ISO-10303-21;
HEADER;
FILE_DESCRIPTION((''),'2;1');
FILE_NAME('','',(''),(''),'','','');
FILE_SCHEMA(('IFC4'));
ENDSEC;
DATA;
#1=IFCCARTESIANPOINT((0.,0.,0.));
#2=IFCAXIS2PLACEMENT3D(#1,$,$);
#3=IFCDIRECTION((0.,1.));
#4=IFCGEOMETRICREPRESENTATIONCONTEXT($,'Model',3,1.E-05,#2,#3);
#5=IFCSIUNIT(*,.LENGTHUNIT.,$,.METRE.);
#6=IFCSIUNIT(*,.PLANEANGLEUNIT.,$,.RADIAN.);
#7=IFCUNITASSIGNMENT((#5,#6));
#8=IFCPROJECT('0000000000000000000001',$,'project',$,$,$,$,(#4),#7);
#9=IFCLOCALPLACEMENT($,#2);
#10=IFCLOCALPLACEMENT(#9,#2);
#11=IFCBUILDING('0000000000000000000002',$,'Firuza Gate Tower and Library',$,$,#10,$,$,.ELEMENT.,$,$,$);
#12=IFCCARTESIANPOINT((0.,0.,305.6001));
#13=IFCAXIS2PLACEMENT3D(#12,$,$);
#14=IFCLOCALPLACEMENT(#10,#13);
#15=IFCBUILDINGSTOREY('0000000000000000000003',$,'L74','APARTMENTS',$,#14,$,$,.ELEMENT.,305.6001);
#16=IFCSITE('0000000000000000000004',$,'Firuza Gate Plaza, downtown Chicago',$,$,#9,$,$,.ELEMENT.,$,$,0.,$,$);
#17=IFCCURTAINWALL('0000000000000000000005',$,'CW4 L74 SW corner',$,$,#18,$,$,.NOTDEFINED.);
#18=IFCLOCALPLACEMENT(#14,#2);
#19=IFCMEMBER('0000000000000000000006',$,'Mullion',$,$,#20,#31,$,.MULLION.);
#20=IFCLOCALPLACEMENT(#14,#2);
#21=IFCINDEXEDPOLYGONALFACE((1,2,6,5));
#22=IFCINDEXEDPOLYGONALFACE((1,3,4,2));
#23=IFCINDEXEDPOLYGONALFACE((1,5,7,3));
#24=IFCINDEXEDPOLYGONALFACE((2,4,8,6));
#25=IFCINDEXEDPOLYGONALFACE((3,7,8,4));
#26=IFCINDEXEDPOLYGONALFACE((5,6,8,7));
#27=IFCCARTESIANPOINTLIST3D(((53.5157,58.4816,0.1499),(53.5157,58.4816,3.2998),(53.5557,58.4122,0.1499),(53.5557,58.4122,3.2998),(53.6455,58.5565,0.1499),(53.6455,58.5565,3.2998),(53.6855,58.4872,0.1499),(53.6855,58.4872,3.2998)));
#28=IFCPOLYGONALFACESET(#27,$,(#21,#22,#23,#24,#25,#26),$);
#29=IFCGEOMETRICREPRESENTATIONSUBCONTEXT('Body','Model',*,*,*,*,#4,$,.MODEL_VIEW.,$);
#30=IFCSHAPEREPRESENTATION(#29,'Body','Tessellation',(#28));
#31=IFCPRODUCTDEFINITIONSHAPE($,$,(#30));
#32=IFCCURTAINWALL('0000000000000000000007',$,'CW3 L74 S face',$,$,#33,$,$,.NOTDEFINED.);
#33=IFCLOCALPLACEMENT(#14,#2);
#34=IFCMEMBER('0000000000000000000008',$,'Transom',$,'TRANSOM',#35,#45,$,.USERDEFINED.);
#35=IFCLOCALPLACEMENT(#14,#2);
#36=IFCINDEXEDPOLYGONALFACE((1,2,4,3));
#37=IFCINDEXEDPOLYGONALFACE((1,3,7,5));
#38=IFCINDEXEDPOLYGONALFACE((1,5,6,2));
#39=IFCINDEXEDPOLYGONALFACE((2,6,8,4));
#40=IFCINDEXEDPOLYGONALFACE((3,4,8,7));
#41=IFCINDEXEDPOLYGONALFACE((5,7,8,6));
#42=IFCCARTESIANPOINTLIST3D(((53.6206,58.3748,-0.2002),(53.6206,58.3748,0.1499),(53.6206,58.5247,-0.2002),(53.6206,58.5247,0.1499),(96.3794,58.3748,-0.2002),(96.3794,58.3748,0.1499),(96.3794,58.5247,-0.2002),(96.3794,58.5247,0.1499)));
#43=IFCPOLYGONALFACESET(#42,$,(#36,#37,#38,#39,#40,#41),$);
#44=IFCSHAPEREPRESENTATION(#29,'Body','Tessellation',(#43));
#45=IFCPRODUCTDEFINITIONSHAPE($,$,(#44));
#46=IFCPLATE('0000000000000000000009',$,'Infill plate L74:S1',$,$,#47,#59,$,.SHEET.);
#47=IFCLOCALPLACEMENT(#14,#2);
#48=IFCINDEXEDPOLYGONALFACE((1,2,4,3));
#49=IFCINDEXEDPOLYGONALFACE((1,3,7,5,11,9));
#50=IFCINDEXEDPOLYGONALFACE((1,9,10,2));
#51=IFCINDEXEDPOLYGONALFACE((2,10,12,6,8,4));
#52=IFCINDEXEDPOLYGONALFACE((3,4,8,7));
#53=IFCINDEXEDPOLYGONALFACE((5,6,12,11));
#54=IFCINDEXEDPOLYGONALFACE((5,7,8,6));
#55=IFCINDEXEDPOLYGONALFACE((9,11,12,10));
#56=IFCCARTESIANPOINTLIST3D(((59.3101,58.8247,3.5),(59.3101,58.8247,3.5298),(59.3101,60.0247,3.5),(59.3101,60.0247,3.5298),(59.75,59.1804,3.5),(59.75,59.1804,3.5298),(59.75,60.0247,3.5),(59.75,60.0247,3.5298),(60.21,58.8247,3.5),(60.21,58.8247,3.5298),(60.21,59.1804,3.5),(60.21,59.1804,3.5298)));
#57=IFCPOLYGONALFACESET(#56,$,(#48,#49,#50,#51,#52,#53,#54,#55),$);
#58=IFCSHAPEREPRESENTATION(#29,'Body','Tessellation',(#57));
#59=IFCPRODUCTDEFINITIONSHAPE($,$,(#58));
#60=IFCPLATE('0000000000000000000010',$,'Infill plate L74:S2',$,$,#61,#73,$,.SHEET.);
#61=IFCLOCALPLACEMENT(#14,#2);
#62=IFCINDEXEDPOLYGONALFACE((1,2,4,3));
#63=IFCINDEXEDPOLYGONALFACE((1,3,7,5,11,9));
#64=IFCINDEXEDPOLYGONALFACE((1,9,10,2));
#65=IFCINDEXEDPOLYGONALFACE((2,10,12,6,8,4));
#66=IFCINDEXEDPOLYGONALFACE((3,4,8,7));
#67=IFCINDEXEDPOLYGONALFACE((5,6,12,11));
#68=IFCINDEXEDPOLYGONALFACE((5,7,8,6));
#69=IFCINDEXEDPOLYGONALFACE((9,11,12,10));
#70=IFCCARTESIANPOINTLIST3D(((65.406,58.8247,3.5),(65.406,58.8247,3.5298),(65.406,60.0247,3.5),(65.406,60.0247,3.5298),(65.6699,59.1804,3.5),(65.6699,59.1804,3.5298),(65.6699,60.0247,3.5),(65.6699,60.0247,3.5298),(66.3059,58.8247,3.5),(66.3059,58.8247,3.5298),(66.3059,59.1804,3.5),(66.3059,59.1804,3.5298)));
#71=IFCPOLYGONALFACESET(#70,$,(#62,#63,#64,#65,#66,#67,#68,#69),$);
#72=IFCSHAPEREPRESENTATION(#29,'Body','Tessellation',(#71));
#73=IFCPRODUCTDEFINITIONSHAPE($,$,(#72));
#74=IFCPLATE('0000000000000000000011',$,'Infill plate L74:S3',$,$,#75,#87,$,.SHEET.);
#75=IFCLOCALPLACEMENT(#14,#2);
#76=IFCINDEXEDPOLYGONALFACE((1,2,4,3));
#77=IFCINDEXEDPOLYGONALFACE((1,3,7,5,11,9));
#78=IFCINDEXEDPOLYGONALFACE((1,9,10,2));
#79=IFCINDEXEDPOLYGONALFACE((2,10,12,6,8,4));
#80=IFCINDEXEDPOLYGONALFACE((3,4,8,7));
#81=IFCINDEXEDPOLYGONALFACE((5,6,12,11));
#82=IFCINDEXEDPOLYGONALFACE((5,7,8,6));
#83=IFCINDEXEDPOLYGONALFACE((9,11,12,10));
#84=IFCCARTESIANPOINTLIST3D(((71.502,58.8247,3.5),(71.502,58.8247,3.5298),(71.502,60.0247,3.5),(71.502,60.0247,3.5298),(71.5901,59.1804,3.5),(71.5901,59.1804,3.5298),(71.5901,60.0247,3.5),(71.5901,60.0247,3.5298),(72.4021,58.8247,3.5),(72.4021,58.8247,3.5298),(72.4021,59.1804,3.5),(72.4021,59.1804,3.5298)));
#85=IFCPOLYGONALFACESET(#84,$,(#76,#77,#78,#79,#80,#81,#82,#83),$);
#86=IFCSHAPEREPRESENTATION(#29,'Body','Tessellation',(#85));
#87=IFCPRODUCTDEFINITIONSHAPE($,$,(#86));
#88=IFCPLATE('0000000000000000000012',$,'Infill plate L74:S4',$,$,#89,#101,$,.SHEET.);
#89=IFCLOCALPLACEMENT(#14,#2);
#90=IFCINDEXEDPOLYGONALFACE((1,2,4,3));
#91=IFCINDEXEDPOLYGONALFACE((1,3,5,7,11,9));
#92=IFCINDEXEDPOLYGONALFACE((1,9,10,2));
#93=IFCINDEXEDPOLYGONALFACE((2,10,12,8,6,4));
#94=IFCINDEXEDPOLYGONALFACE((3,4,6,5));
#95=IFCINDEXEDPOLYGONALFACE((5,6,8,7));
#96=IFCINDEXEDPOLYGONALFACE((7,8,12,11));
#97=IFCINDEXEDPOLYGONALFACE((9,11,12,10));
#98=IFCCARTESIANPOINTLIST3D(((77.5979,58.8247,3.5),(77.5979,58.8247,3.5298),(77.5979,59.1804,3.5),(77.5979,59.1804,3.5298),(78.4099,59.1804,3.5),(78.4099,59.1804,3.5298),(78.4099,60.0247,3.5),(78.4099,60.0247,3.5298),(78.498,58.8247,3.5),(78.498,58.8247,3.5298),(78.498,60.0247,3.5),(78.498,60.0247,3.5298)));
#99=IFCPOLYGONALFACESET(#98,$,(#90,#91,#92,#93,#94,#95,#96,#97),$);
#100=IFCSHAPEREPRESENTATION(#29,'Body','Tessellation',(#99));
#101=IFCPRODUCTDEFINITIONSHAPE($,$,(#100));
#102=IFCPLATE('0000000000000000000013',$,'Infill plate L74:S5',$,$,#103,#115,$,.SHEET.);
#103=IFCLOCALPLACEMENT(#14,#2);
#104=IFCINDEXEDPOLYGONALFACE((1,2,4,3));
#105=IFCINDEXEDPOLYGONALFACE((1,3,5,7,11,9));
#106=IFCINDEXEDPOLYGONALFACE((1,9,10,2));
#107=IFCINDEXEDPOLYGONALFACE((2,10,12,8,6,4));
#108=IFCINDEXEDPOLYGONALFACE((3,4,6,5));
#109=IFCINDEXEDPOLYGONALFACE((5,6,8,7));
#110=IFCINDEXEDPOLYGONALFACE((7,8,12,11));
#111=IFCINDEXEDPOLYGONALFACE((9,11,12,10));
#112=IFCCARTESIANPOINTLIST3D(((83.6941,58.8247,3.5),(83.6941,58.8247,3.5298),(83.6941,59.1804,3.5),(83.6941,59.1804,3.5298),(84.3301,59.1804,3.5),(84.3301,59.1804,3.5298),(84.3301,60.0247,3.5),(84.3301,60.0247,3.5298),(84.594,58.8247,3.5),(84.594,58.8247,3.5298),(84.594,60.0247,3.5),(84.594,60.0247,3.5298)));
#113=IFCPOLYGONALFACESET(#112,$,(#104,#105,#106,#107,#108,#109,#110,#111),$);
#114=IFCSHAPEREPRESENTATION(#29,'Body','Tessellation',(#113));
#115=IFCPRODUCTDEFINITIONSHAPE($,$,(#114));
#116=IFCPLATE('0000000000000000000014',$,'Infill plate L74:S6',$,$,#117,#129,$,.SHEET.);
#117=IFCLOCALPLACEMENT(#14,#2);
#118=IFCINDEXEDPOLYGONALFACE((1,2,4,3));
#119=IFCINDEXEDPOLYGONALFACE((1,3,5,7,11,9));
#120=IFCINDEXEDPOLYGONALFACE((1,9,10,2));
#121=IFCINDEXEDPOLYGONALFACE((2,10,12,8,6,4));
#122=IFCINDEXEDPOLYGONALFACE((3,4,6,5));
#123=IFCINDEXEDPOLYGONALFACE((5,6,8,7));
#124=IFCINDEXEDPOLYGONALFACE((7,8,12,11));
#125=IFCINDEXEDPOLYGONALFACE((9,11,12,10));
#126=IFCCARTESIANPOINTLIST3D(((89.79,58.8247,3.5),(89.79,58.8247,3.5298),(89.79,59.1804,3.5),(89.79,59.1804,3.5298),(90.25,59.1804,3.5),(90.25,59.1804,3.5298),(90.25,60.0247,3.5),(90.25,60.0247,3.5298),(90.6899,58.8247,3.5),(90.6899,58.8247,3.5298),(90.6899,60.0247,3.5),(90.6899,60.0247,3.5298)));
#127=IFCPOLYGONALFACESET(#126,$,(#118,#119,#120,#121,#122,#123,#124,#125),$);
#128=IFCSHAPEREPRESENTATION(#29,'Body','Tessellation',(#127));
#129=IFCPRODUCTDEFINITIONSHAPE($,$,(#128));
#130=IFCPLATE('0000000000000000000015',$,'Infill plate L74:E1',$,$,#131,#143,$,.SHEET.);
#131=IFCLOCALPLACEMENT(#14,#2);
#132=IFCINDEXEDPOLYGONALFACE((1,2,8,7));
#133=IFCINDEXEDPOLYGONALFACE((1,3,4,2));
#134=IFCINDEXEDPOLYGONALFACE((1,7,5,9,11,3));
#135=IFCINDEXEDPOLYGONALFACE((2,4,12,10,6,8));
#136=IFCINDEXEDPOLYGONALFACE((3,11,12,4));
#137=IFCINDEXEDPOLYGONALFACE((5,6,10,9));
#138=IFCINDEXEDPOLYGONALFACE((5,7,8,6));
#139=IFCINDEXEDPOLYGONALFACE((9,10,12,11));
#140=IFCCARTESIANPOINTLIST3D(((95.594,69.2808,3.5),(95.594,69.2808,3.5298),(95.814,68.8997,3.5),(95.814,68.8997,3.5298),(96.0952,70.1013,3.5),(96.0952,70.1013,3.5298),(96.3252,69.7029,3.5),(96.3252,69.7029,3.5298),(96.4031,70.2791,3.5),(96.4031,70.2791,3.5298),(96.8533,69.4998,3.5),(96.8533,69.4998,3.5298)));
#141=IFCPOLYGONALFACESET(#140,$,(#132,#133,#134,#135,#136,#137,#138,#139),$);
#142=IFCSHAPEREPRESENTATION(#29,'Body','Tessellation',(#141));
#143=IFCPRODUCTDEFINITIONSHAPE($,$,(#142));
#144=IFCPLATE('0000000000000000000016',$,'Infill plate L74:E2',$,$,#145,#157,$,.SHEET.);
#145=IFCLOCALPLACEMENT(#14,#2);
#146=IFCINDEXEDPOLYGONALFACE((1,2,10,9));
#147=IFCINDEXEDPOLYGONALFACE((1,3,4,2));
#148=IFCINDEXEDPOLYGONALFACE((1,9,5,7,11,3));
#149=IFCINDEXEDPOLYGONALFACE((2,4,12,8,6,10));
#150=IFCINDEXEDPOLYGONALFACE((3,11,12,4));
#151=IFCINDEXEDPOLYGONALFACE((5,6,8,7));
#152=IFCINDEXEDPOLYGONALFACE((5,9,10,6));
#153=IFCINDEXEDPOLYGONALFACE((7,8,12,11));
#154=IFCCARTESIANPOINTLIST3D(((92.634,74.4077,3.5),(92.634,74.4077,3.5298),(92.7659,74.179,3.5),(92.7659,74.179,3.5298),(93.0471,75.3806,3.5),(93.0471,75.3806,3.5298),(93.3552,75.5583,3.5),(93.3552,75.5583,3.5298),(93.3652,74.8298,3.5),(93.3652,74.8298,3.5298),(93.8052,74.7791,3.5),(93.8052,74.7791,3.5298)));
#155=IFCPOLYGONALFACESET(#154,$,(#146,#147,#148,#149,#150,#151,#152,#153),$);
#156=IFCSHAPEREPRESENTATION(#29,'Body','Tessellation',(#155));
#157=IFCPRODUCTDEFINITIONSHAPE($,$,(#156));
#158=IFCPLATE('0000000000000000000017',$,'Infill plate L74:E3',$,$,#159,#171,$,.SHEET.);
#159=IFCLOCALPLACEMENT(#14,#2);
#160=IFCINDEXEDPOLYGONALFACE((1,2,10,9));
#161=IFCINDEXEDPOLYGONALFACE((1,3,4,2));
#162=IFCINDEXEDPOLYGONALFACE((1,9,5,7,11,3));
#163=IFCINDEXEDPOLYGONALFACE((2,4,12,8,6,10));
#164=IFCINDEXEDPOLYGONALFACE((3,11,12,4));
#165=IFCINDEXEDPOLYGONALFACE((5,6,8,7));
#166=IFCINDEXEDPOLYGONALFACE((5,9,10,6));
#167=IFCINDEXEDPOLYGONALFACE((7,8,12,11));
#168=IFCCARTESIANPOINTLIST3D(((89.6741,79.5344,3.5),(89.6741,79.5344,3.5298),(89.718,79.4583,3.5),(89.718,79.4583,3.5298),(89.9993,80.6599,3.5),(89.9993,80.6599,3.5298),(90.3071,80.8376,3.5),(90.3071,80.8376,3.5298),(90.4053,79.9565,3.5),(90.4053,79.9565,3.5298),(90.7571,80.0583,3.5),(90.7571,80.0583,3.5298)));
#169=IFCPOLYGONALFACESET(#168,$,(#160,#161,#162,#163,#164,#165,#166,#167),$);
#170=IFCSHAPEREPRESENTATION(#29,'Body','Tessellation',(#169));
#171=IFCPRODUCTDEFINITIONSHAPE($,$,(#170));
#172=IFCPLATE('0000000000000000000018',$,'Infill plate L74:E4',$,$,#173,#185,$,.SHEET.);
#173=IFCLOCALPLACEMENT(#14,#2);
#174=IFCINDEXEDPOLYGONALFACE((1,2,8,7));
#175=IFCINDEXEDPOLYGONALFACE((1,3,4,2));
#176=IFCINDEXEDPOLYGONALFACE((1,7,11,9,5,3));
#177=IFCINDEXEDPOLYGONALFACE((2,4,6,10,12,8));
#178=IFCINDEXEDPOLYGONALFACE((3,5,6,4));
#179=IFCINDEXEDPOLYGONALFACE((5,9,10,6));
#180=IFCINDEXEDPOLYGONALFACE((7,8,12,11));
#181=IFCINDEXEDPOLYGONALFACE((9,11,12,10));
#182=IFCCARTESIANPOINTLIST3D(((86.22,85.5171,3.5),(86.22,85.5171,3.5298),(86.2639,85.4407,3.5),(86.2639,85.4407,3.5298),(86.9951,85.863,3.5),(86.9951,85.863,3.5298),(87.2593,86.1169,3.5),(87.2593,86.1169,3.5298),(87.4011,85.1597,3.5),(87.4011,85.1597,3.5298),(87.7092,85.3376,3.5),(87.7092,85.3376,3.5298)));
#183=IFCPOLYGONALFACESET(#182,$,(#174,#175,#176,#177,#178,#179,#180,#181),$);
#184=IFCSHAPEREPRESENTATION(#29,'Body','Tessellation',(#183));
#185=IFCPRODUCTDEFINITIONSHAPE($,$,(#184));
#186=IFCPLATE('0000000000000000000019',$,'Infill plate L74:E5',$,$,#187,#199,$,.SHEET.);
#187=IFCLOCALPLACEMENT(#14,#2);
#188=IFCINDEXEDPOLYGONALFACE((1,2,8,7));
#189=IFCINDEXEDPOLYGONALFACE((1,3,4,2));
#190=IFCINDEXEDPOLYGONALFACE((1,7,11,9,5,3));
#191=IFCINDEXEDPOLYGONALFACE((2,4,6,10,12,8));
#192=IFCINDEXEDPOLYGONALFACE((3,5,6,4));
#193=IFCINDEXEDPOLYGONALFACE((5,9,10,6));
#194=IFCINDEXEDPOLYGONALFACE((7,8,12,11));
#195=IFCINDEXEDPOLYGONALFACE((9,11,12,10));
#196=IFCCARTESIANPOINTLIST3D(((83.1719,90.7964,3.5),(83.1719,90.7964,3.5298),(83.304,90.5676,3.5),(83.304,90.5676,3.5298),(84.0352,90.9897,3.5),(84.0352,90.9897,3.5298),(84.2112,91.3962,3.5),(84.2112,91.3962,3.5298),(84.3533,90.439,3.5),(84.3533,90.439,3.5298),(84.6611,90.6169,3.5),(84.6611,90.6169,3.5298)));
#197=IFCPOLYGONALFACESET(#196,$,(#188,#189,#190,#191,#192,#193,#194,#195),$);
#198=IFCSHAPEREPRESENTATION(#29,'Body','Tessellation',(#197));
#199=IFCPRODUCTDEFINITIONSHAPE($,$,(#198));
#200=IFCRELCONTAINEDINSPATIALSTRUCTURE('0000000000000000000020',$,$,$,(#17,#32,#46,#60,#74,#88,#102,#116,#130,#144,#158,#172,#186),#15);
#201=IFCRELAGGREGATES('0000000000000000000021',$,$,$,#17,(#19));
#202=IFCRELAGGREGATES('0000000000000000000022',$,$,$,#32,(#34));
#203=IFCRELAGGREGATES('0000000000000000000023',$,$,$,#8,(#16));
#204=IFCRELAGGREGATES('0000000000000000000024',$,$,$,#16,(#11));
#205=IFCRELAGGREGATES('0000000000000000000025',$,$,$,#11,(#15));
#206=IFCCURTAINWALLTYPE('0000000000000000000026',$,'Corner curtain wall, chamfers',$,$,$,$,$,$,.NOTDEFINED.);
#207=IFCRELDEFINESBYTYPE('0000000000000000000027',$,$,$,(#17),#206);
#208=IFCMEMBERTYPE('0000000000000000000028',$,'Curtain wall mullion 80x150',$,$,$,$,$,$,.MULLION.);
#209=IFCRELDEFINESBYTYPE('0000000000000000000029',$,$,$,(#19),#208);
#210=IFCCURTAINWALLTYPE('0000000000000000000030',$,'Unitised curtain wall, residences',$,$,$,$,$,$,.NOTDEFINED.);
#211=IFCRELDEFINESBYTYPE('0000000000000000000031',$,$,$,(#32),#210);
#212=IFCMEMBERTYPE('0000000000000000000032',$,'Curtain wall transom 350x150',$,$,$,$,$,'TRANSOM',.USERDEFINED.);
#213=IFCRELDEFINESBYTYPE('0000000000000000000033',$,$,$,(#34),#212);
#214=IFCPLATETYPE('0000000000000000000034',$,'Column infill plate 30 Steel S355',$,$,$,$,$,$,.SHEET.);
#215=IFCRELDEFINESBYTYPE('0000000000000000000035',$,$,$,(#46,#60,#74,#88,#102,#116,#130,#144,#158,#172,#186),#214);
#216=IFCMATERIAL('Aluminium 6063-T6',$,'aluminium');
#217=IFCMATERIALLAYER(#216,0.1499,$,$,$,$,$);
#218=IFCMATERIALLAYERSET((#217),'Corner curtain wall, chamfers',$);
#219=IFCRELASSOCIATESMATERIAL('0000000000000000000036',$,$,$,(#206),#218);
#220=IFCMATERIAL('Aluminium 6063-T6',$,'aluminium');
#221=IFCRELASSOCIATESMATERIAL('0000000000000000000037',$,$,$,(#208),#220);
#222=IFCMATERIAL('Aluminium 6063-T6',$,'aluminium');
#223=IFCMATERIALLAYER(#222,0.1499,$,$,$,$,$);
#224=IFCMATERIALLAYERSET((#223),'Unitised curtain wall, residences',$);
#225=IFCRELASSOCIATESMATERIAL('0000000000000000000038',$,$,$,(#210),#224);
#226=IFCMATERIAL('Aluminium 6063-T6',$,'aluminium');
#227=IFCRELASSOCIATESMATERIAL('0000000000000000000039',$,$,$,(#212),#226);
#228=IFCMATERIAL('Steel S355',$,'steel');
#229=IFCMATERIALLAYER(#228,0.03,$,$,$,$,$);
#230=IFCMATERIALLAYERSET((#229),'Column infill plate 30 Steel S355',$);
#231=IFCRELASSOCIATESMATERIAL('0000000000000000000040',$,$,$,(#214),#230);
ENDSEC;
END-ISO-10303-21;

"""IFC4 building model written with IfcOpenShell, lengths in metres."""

from ifc_helpers import new_model, si_unit, direction, frame, origin, origin_2d, place, context, subcontext, project, spatial, polyline, rectangle, outline, extrude, material, layer, layer_set, material_profile, profile_set, type_object, element, aggregate, save


model = new_model("IFC4")

# Units and contexts
model_context = context("Model", 3, precision=1e-05, world=origin(), true_north=direction((0.0, 1.0)))
body_context = subcontext(model_context, "Body", "Model", "MODEL_VIEW")
ifc_project = project(units=[si_unit("LENGTHUNIT", "METRE"), si_unit("PLANEANGLEUNIT", "RADIAN")], contexts=[model_context])

# Site, building, storey
site_placement = place(None, origin())
site = spatial("IfcSite", under=ifc_project, at=site_placement, Name="Firuza Gate Plaza, downtown Chicago", CompositionType="ELEMENT", RefElevation=0.0)
building_placement = place(site_placement, origin())
building = spatial("IfcBuilding", under=site, at=building_placement, Name="Firuza Gate Tower and Library", CompositionType="ELEMENT")
storey_placement = place(building_placement, frame((0.0, 0.0, 305.6001)))
storey = spatial("IfcBuildingStorey", under=building, at=storey_placement, Name="L74", Description="APARTMENTS", CompositionType="ELEMENT", Elevation=305.6001)

# Curtain walls, members
ifc_material_1 = material(Name="Aluminium 6063-T6", Category="aluminium")
ifc_layer_1 = layer(ifc_material_1, 0.1499)
ifc_layer_set_1 = layer_set([ifc_layer_1], Name="Corner curtain wall, chamfers")
curtain_wall_type_1 = type_object("IfcCurtainWallType", Name="Corner curtain wall, chamfers", PredefinedType="NOTDEFINED", material=ifc_layer_set_1)
placement_1 = place(storey_placement, origin())
curtain_wall_1 = element("IfcCurtainWall", 1, at=placement_1, inside=storey, type_object=curtain_wall_type_1, Name="CW4 L74 SW corner", PredefinedType="NOTDEFINED")
ifc_material_2 = material(Name="Aluminium 6063-T6", Category="aluminium")
ifc_material_profile_1 = material_profile(ifc_material_2, rectangle(XDim=0.1499, YDim=0.0801, at=origin_2d()))
ifc_profile_set_1 = profile_set([ifc_material_profile_1], Name="Aluminium 6063-T6")
member_type_1 = type_object("IfcMemberType", Name="Curtain wall mullion 80x150", PredefinedType="MULLION", material=ifc_profile_set_1)
member_1_placement = place(storey_placement, frame((53.6006, 58.4844, 0.1499), z_axis=(0.0, 0.0, 1.0), x_axis=(0.866025, 0.5, 0.0)))
member_1 = element("IfcMember", 2, at=member_1_placement, type_object=member_type_1, Name="Mullion", PredefinedType="MULLION", context=body_context, shape_type="SweptSolid", body=[
    extrude(rectangle(XDim=0.1499, YDim=0.0801, at=origin_2d()), origin(), (0.0, 0.0, 1.0), 3.1499),
])
aggregate(curtain_wall_1, [member_1])
ifc_material_3 = material(Name="Aluminium 6063-T6", Category="aluminium")
ifc_layer_2 = layer(ifc_material_3, 0.1499)
ifc_layer_set_2 = layer_set([ifc_layer_2], Name="Unitised curtain wall, residences")
curtain_wall_type_2 = type_object("IfcCurtainWallType", Name="Unitised curtain wall, residences", PredefinedType="NOTDEFINED", material=ifc_layer_set_2)
curtain_wall_2 = element("IfcCurtainWall", 3, at=placement_1, inside=storey, type_object=curtain_wall_type_2, Name="CW3 L74 S face", PredefinedType="NOTDEFINED")
ifc_material_4 = material(Name="Aluminium 6063-T6", Category="aluminium")
ifc_material_profile_2 = material_profile(ifc_material_4, rectangle(XDim=0.1499, YDim=0.3501, at=origin_2d()))
ifc_profile_set_2 = profile_set([ifc_material_profile_2], Name="Aluminium 6063-T6")
member_type_2 = type_object("IfcMemberType", Name="Curtain wall transom 350x150", ElementType="TRANSOM", PredefinedType="USERDEFINED", material=ifc_profile_set_2)
member_2_placement = place(storey_placement, frame((53.6206, 58.4497, -0.0251), z_axis=(1.0, 0.0, 0.0), x_axis=(0.0, 1.0, 0.0)))
member_2 = element("IfcMember", 4, at=member_2_placement, type_object=member_type_2, Name="Transom", ObjectType="TRANSOM", PredefinedType="USERDEFINED", context=body_context, shape_type="SweptSolid", body=[
    extrude(rectangle(XDim=0.1499, YDim=0.3501, at=origin_2d()), origin(), (0.0, 0.0, 1.0), 42.7588),
])

# Plates
ifc_material_5 = material(Name="Steel S355", Category="steel")
ifc_layer_3 = layer(ifc_material_5, 0.03)
ifc_layer_set_3 = layer_set([ifc_layer_3], Name="Column infill plate 30 Steel S355")
plate_type_1 = type_object("IfcPlateType", Name="Column infill plate 30 Steel S355", PredefinedType="SHEET", material=ifc_layer_set_3)
placement_2 = place(storey_placement, frame((0.0, 0.0, 3.5)))
element("IfcPlate", 5, at=placement_2, inside=storey, type_object=plate_type_1, Name="Infill plate L74:S1", PredefinedType="SHEET", context=body_context, shape_type="SweptSolid", body=[
    extrude(outline(polyline([(60.21, 58.8247), (60.21, 59.1804), (59.75, 59.1804), (59.75, 60.0247), (59.3101, 60.0247), (59.3101, 58.8247), (60.21, 58.8247)])), origin(), (0.0, 0.0, 1.0), 0.0298),
])
element("IfcPlate", 6, at=placement_2, inside=storey, type_object=plate_type_1, Name="Infill plate L74:S2", PredefinedType="SHEET", context=body_context, shape_type="SweptSolid", body=[
    extrude(outline(polyline([(66.3059, 58.8247), (66.3059, 59.1804), (65.6699, 59.1804), (65.6699, 60.0247), (65.406, 60.0247), (65.406, 58.8247), (66.3059, 58.8247)])), origin(), (0.0, 0.0, 1.0), 0.0298),
])
element("IfcPlate", 7, at=placement_2, inside=storey, type_object=plate_type_1, Name="Infill plate L74:S3", PredefinedType="SHEET", context=body_context, shape_type="SweptSolid", body=[
    extrude(outline(polyline([(72.4021, 58.8247), (72.4021, 59.1804), (71.5901, 59.1804), (71.5901, 60.0247), (71.502, 60.0247), (71.502, 58.8247), (72.4021, 58.8247)])), origin(), (0.0, 0.0, 1.0), 0.0298),
])
element("IfcPlate", 8, at=placement_2, inside=storey, type_object=plate_type_1, Name="Infill plate L74:S4", PredefinedType="SHEET", context=body_context, shape_type="SweptSolid", body=[
    extrude(outline(polyline([(78.498, 60.0247), (78.4099, 60.0247), (78.4099, 59.1804), (77.5979, 59.1804), (77.5979, 58.8247), (78.498, 58.8247), (78.498, 60.0247)])), origin(), (0.0, 0.0, 1.0), 0.0298),
])
element("IfcPlate", 9, at=placement_2, inside=storey, type_object=plate_type_1, Name="Infill plate L74:S5", PredefinedType="SHEET", context=body_context, shape_type="SweptSolid", body=[
    extrude(outline(polyline([(84.594, 60.0247), (84.3301, 60.0247), (84.3301, 59.1804), (83.6941, 59.1804), (83.6941, 58.8247), (84.594, 58.8247), (84.594, 60.0247)])), origin(), (0.0, 0.0, 1.0), 0.0298),
])
element("IfcPlate", 10, at=placement_2, inside=storey, type_object=plate_type_1, Name="Infill plate L74:S6", PredefinedType="SHEET", context=body_context, shape_type="SweptSolid", body=[
    extrude(outline(polyline([(90.6899, 60.0247), (90.25, 60.0247), (90.25, 59.1804), (89.79, 59.1804), (89.79, 58.8247), (90.6899, 58.8247), (90.6899, 60.0247)])), origin(), (0.0, 0.0, 1.0), 0.0298),
])
element("IfcPlate", 11, at=placement_2, inside=storey, type_object=plate_type_1, Name="Infill plate L74:E1", PredefinedType="SHEET", context=body_context, shape_type="SweptSolid", body=[
    extrude(outline(polyline([(96.4031, 70.2791), (96.0952, 70.1013), (96.3252, 69.7029), (95.594, 69.2808), (95.814, 68.8997), (96.8533, 69.4998), (96.4031, 70.2791)])), origin(), (0.0, 0.0, 1.0), 0.0298),
])
element("IfcPlate", 12, at=placement_2, inside=storey, type_object=plate_type_1, Name="Infill plate L74:E2", PredefinedType="SHEET", context=body_context, shape_type="SweptSolid", body=[
    extrude(outline(polyline([(93.3552, 75.5583), (93.0471, 75.3806), (93.3652, 74.8298), (92.634, 74.4077), (92.7659, 74.179), (93.8052, 74.7791), (93.3552, 75.5583)])), origin(), (0.0, 0.0, 1.0), 0.0298),
])
element("IfcPlate", 13, at=placement_2, inside=storey, type_object=plate_type_1, Name="Infill plate L74:E3", PredefinedType="SHEET", context=body_context, shape_type="SweptSolid", body=[
    extrude(outline(polyline([(90.3071, 80.8376), (89.9993, 80.6599), (90.4053, 79.9565), (89.6741, 79.5344), (89.718, 79.4583), (90.7571, 80.0583), (90.3071, 80.8376)])), origin(), (0.0, 0.0, 1.0), 0.0298),
])
element("IfcPlate", 14, at=placement_2, inside=storey, type_object=plate_type_1, Name="Infill plate L74:E4", PredefinedType="SHEET", context=body_context, shape_type="SweptSolid", body=[
    extrude(outline(polyline([(86.22, 85.5171), (86.2639, 85.4407), (86.9951, 85.863), (87.4011, 85.1597), (87.7092, 85.3376), (87.2593, 86.1169), (86.22, 85.5171)])), origin(), (0.0, 0.0, 1.0), 0.0298),
])
element("IfcPlate", 15, at=placement_2, inside=storey, type_object=plate_type_1, Name="Infill plate L74:E5", PredefinedType="SHEET", context=body_context, shape_type="SweptSolid", body=[
    extrude(outline(polyline([(83.1719, 90.7964), (83.304, 90.5676), (84.0352, 90.9897), (84.3533, 90.439), (84.6611, 90.6169), (84.2112, 91.3962), (83.1719, 90.7964)])), origin(), (0.0, 0.0, 1.0), 0.0298),
])

aggregate(curtain_wall_2, [member_2])

save(model, "model.ifc")
